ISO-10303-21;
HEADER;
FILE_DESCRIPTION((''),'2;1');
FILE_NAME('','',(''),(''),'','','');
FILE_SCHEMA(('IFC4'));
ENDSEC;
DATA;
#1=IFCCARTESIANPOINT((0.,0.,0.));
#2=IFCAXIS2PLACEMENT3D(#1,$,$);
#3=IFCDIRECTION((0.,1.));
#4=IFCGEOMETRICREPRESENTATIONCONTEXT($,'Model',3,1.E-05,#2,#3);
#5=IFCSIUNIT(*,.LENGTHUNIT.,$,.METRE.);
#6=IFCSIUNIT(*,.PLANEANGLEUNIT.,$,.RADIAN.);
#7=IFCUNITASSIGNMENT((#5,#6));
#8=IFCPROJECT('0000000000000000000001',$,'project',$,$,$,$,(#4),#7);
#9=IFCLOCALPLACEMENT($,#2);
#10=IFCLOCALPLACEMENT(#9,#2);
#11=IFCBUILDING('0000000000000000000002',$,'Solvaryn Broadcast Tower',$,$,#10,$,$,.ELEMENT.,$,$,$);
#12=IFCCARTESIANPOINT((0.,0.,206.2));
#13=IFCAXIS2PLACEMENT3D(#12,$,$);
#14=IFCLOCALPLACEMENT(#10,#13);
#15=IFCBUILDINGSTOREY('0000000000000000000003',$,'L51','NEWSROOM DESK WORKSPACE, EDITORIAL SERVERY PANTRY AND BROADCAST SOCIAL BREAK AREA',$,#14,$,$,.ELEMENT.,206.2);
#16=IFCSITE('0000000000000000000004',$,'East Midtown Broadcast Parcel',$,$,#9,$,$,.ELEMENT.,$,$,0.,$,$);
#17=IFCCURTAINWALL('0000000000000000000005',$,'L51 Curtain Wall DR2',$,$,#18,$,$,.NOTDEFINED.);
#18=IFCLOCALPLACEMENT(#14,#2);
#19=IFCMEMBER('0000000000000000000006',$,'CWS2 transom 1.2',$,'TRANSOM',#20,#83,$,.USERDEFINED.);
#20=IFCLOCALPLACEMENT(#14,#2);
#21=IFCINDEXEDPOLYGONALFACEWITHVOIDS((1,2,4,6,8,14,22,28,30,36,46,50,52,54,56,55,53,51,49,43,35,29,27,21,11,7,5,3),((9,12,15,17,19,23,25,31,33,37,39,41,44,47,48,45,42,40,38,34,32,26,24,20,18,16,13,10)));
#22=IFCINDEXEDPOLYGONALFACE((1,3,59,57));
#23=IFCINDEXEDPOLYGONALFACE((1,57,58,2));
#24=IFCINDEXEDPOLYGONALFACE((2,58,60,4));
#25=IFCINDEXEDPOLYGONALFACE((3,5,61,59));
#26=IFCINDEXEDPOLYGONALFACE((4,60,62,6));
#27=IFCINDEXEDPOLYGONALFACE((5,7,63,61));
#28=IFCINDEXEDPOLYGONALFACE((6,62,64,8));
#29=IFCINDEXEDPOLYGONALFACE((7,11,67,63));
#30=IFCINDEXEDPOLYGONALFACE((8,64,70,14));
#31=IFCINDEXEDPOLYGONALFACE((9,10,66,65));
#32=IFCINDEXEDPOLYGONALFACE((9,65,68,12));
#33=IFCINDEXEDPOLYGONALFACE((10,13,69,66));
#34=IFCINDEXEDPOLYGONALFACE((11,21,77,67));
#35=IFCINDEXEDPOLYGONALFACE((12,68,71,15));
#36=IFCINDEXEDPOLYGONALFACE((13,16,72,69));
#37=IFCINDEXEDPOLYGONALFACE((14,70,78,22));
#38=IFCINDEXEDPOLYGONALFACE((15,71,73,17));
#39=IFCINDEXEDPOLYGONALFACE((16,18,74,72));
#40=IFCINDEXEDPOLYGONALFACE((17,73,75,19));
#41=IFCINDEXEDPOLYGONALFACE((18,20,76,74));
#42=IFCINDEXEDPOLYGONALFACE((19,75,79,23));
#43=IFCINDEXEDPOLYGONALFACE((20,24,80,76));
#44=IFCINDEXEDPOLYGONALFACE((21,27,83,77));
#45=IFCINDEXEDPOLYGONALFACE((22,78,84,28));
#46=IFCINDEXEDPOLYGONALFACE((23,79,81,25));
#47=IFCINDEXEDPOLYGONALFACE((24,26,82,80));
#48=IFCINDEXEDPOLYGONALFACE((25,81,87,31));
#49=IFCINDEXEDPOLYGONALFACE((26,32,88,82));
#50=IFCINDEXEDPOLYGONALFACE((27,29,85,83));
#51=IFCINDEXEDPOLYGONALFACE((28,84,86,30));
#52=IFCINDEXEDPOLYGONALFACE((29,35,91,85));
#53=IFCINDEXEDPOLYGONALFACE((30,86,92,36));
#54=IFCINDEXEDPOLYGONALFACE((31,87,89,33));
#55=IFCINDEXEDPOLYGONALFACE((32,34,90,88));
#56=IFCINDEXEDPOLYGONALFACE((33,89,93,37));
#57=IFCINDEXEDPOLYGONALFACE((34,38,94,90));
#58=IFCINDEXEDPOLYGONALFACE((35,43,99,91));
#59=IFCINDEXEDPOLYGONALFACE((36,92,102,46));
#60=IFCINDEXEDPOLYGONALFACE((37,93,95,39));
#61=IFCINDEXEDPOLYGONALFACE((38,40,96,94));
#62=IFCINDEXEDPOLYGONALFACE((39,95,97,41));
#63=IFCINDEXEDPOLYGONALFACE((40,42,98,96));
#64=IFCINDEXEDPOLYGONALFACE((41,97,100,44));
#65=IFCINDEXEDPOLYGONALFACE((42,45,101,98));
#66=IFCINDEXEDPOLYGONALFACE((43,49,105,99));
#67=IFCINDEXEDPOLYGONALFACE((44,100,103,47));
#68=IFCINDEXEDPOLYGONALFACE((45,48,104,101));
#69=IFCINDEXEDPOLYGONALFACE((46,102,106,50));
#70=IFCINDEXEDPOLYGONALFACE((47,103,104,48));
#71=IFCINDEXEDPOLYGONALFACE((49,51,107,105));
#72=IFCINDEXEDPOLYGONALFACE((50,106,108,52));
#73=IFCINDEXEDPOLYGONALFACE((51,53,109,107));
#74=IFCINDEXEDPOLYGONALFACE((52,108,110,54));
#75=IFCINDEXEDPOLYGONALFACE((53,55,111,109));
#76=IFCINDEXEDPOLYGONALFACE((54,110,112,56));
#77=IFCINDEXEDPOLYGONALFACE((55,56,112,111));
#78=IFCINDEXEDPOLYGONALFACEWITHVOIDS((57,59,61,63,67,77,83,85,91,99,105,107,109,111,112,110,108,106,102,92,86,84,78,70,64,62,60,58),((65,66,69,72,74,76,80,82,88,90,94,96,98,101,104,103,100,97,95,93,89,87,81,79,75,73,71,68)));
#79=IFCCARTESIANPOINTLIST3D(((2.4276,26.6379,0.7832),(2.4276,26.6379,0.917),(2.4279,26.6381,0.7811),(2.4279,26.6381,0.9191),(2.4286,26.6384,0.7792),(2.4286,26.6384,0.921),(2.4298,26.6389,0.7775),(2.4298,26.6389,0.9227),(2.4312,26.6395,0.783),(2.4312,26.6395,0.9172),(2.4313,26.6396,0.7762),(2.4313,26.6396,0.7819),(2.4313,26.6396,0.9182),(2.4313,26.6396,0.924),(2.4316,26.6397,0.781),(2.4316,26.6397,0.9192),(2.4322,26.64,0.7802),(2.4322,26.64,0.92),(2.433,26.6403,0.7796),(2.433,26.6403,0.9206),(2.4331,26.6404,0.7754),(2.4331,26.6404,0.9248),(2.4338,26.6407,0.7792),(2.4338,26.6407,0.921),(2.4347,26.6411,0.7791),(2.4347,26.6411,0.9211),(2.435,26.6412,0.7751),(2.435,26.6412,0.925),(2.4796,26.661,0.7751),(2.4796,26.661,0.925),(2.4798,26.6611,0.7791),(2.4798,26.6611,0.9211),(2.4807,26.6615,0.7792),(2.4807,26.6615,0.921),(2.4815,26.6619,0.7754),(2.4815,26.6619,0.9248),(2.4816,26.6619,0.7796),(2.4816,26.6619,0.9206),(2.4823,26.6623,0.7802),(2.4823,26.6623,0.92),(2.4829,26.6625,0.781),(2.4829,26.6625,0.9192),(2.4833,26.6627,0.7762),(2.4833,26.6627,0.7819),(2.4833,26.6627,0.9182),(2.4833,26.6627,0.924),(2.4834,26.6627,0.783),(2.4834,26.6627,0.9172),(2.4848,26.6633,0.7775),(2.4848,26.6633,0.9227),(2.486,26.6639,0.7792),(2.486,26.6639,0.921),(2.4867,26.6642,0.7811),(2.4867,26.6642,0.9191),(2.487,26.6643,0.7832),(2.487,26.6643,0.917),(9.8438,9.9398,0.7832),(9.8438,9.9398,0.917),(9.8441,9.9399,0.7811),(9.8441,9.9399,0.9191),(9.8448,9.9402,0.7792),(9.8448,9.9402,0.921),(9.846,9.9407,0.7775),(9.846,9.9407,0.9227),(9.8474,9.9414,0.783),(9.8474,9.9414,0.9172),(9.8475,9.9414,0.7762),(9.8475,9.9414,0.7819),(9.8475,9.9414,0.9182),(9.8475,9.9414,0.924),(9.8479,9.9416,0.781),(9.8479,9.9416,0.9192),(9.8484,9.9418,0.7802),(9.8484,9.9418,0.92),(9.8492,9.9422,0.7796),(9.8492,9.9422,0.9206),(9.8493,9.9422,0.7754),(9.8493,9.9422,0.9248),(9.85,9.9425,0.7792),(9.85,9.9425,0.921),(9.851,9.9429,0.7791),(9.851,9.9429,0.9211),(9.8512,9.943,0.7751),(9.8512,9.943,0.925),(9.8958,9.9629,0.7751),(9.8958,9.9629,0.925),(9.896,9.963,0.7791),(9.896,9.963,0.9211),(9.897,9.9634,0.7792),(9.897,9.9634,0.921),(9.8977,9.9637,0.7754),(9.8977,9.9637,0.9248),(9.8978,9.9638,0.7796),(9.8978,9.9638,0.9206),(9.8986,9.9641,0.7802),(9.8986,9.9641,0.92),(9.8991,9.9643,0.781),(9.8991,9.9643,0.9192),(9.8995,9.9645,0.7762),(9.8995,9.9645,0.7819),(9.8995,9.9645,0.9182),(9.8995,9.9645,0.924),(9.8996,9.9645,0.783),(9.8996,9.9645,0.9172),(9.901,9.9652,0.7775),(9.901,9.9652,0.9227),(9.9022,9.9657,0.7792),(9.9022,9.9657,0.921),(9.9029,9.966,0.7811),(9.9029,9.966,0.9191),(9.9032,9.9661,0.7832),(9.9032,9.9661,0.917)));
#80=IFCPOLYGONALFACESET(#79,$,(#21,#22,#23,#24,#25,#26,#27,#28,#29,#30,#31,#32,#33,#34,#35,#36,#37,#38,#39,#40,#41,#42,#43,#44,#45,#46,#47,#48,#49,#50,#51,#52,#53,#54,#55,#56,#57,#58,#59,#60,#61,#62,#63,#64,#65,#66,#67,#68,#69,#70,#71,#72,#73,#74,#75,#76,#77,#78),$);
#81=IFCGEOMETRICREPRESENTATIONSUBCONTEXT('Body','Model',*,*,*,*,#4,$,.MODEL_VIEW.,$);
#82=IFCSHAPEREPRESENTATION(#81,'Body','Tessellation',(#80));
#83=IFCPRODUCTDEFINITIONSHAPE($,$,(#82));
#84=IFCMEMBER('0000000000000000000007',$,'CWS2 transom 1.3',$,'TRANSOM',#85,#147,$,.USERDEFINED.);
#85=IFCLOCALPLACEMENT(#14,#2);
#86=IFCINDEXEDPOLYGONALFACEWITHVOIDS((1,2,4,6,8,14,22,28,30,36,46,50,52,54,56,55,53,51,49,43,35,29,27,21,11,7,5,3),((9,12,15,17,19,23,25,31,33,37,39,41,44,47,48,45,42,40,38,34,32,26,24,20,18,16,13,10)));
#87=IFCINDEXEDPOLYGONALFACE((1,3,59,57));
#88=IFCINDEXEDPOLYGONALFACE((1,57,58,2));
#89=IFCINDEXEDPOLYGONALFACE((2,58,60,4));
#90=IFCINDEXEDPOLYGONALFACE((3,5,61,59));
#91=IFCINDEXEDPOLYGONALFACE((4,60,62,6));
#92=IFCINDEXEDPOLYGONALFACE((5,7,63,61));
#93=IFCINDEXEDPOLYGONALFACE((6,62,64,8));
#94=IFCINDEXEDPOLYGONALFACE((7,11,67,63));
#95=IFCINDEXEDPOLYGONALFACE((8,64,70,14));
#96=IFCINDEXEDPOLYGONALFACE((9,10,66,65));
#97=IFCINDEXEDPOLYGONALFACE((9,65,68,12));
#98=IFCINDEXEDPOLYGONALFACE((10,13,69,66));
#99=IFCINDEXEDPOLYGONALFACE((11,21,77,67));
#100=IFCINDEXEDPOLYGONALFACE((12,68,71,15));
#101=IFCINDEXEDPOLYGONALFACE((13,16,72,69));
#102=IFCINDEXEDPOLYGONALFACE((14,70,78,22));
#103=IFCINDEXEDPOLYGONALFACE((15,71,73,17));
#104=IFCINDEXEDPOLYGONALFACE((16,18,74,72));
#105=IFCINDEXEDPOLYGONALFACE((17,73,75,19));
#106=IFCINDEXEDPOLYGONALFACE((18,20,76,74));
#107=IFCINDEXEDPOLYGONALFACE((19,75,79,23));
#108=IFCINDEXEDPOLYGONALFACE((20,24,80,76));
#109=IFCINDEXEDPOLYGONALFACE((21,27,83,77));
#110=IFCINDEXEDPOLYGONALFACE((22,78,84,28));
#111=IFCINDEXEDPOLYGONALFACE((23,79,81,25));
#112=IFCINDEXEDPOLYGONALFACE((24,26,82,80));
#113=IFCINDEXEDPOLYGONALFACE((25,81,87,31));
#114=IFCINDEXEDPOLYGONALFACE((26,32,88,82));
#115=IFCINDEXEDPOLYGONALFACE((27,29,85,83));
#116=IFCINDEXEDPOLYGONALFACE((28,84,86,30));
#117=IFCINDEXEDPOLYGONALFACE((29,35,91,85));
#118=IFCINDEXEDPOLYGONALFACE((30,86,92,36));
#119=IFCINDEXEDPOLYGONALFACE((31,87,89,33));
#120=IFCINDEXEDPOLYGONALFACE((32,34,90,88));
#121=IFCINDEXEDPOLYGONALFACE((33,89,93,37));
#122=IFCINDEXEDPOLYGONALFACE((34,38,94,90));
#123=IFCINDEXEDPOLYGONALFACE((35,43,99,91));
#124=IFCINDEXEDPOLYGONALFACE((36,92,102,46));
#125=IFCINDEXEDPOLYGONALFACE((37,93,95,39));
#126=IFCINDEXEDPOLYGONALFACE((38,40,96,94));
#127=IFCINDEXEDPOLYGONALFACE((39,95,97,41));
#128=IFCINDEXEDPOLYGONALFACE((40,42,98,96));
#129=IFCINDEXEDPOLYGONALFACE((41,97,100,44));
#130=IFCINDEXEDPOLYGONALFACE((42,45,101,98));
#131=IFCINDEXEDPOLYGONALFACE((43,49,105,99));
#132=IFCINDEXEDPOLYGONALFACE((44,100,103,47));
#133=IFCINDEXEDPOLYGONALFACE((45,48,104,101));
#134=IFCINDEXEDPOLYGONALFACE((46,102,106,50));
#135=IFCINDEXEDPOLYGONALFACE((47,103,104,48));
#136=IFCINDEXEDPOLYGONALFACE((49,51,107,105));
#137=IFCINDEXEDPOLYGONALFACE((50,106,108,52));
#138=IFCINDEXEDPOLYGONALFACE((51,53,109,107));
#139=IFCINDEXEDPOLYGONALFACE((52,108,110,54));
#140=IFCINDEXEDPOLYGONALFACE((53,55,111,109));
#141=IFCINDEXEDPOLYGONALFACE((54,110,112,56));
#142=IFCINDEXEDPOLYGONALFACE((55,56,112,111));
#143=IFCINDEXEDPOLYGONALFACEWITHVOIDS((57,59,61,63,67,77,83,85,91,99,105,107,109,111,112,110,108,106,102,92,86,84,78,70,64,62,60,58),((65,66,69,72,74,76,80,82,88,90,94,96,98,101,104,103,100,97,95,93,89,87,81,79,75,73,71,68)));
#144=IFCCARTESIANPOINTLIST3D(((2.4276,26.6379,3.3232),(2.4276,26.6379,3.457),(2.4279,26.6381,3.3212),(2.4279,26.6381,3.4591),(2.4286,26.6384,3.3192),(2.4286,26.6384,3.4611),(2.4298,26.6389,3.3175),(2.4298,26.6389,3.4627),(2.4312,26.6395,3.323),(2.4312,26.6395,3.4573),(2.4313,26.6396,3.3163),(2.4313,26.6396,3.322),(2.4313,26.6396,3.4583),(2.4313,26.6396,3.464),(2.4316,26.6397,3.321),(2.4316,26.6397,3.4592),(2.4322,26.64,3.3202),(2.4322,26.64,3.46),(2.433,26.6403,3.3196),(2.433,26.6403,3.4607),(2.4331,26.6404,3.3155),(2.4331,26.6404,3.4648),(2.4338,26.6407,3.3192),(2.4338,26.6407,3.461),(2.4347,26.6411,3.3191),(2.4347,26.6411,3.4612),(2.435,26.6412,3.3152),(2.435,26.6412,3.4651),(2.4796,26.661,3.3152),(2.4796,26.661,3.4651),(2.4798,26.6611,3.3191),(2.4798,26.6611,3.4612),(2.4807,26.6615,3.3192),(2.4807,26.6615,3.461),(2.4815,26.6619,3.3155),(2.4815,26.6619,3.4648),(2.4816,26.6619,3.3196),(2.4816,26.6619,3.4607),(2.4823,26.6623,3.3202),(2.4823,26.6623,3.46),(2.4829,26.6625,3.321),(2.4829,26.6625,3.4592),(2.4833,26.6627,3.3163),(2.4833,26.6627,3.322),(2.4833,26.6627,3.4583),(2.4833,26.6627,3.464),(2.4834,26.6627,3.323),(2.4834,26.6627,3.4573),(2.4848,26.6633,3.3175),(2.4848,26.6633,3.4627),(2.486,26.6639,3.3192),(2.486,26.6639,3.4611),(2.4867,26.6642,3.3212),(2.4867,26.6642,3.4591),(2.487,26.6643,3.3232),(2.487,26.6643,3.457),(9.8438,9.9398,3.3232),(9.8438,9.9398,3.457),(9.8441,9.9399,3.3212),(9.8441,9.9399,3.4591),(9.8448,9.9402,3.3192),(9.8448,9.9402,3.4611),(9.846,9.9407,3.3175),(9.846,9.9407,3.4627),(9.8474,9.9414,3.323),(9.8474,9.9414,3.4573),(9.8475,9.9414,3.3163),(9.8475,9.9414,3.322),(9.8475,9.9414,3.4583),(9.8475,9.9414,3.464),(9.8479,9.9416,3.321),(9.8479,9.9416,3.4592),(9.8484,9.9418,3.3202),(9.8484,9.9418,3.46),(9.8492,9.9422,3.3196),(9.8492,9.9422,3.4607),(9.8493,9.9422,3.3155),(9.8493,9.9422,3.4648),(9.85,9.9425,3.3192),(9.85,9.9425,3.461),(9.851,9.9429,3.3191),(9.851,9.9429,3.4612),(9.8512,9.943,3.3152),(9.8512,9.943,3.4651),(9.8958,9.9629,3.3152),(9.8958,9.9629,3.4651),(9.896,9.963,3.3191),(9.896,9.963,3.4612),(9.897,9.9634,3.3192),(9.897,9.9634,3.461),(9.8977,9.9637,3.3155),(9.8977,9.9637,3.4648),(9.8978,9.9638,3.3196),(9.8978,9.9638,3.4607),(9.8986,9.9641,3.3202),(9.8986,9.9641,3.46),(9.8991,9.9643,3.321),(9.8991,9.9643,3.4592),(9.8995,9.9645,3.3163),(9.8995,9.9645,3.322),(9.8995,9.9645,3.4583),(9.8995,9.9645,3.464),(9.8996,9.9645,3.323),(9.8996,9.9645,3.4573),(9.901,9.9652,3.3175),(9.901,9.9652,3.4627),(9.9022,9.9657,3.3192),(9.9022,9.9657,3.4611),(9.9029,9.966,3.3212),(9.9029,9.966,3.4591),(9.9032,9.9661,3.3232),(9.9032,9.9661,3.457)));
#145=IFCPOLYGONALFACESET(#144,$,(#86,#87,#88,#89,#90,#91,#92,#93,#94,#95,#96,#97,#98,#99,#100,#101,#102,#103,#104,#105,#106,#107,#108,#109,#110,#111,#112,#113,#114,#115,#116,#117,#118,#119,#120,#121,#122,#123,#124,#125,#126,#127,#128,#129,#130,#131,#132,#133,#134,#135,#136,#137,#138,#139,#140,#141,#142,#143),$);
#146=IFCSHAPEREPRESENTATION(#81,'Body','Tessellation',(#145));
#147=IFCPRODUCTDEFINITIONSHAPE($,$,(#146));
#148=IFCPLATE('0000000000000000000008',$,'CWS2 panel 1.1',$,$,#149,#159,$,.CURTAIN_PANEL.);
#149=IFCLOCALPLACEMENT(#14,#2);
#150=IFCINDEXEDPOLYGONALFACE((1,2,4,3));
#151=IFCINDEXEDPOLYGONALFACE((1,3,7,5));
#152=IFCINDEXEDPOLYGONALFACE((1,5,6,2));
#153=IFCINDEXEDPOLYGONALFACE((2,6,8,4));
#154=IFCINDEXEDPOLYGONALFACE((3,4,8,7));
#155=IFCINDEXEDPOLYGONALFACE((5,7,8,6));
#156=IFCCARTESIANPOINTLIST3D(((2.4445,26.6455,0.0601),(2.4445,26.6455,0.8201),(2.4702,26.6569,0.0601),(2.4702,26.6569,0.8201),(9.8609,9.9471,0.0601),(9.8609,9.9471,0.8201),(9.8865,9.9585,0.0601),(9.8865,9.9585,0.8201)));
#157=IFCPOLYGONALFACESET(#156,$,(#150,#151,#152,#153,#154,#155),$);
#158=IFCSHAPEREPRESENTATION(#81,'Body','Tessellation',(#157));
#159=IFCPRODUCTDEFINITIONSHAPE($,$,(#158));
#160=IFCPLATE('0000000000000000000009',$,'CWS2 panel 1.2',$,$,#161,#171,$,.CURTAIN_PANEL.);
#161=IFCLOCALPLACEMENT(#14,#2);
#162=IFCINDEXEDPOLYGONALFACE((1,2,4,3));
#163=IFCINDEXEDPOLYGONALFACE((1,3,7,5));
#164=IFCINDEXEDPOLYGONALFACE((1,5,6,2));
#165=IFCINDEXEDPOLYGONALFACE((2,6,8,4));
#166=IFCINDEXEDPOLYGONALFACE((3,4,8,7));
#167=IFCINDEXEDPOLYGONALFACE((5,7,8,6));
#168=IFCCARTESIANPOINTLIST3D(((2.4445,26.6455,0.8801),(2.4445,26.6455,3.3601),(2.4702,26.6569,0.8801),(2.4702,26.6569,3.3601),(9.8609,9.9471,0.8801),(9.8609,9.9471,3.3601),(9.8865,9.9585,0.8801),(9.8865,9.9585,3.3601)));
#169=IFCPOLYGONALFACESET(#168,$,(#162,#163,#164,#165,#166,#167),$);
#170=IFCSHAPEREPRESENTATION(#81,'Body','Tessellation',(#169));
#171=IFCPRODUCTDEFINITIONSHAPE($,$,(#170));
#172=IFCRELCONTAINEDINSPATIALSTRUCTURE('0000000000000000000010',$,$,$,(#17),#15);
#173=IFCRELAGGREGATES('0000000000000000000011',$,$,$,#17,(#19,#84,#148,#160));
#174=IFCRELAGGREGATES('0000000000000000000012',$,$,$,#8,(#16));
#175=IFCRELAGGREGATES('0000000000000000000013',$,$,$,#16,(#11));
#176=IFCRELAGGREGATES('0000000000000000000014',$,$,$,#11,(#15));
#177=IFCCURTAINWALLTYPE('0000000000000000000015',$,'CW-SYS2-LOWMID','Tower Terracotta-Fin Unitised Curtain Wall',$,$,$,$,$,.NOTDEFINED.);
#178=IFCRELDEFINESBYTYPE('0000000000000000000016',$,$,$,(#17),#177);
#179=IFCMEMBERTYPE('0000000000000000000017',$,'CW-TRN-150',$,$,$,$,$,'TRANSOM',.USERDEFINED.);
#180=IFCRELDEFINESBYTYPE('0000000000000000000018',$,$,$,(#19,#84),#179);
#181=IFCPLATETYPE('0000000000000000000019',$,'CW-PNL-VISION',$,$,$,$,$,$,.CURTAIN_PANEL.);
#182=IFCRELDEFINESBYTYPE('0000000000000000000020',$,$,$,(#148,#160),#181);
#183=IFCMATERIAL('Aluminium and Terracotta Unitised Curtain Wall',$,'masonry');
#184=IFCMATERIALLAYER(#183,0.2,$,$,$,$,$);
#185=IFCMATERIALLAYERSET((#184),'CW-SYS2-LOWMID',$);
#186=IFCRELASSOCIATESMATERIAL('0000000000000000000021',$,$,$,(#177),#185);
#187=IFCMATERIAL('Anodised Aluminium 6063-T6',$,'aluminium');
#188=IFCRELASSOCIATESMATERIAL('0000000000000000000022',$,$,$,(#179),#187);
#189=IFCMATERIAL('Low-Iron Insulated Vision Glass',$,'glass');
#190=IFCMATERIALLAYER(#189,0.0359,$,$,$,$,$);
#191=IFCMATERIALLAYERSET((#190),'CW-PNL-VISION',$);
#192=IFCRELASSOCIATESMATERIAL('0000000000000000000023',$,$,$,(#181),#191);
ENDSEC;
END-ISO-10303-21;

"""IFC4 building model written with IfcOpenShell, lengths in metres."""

from ifc_helpers import new_model, si_unit, direction, frame, origin, origin_2d, place, context, subcontext, project, spatial, rectangle, hollow_rectangle, extrude, material, layer, layer_set, material_profile, profile_set, type_object, element, aggregate, save


model = new_model("IFC4")

# Units and contexts
model_context = context("Model", 3, precision=1e-05, world=origin(), true_north=direction((0.0, 1.0)))
body_context = subcontext(model_context, "Body", "Model", "MODEL_VIEW")
ifc_project = project(units=[si_unit("LENGTHUNIT", "METRE"), si_unit("PLANEANGLEUNIT", "RADIAN")], contexts=[model_context])

# Site, building, storey
site_placement = place(None, origin())
site = spatial("IfcSite", under=ifc_project, at=site_placement, Name="East Midtown Broadcast Parcel", CompositionType="ELEMENT", RefElevation=0.0)
building_placement = place(site_placement, origin())
building = spatial("IfcBuilding", under=site, at=building_placement, Name="Solvaryn Broadcast Tower", CompositionType="ELEMENT")
storey_placement = place(building_placement, frame((0.0, 0.0, 206.2)))
storey = spatial("IfcBuildingStorey", under=building, at=storey_placement, Name="L51", Description="NEWSROOM DESK WORKSPACE, EDITORIAL SERVERY PANTRY AND BROADCAST SOCIAL BREAK AREA", CompositionType="ELEMENT", Elevation=206.2)

# Shared definitions
ifc_material_1 = material(Name="Aluminium and Terracotta Unitised Curtain Wall", Category="masonry")
ifc_layer_1 = layer(ifc_material_1, 0.2)
ifc_layer_set_1 = layer_set([ifc_layer_1], Name="CW-SYS2-LOWMID")
curtain_wall_type = type_object("IfcCurtainWallType", Name="CW-SYS2-LOWMID", Description="Tower Terracotta-Fin Unitised Curtain Wall", PredefinedType="NOTDEFINED", material=ifc_layer_set_1)

# Curtain wall, members, plates
curtain_wall_1_placement = place(storey_placement, origin())
curtain_wall_1 = element("IfcCurtainWall", 1, at=curtain_wall_1_placement, inside=storey, type_object=curtain_wall_type, Name="L51 Curtain Wall DR2", PredefinedType="NOTDEFINED")
ifc_material_2 = material(Name="Anodised Aluminium 6063-T6", Category="aluminium")
ifc_material_profile_1 = material_profile(ifc_material_2, hollow_rectangle(XDim=0.0649, YDim=0.1499, WallThickness=0.0039, InnerFilletRadius=0.0039, OuterFilletRadius=0.0081, at=origin_2d()))
ifc_profile_set_1 = profile_set([ifc_material_profile_1], Name="Anodised Aluminium 6063-T6")
member_type_1 = type_object("IfcMemberType", Name="CW-TRN-150", ElementType="TRANSOM", PredefinedType="USERDEFINED", material=ifc_profile_set_1)
member_1_placement = place(storey_placement, frame((2.4573, 26.6511, 0.8501), z_axis=(0.405902, -0.913917, 0.0), x_axis=(0.913917, 0.405902, 0.0)))
member_1 = element("IfcMember", 2, at=member_1_placement, type_object=member_type_1, Name="CWS2 transom 1.2", ObjectType="TRANSOM", PredefinedType="USERDEFINED", context=body_context, shape_type="SweptSolid", body=[
    extrude(hollow_rectangle(XDim=0.0649, YDim=0.1499, WallThickness=0.0039, InnerFilletRadius=0.0039, OuterFilletRadius=0.0081, at=origin_2d()), origin(), (0.0, 0.0, 1.0), 18.271),
])
member_2_placement = place(storey_placement, frame((2.4573, 26.6511, 3.3901), z_axis=(0.405902, -0.913917, 0.0), x_axis=(0.913917, 0.405902, 0.0)))
member_2 = element("IfcMember", 3, at=member_2_placement, type_object=member_type_1, Name="CWS2 transom 1.3", ObjectType="TRANSOM", PredefinedType="USERDEFINED", context=body_context, shape_type="SweptSolid", body=[
    extrude(hollow_rectangle(XDim=0.0649, YDim=0.1499, WallThickness=0.0039, InnerFilletRadius=0.0039, OuterFilletRadius=0.0081, at=origin_2d()), origin(), (0.0, 0.0, 1.0), 18.271),
])
ifc_material_3 = material(Name="Low-Iron Insulated Vision Glass", Category="glass")
ifc_layer_2 = layer(ifc_material_3, 0.0359)
ifc_layer_set_2 = layer_set([ifc_layer_2], Name="CW-PNL-VISION")
plate_type = type_object("IfcPlateType", Name="CW-PNL-VISION", PredefinedType="CURTAIN_PANEL", material=ifc_layer_set_2)
plate_1_placement = place(storey_placement, frame((6.1655, 18.302, 0.0601), z_axis=(0.0, 0.0, 1.0), x_axis=(0.405901, -0.913917, 0.0)))
plate_1 = element("IfcPlate", 4, at=plate_1_placement, type_object=plate_type, Name="CWS2 panel 1.1", PredefinedType="CURTAIN_PANEL", context=body_context, shape_type="SweptSolid", body=[
    extrude(rectangle(XDim=18.2712, YDim=0.0281, at=origin_2d()), origin(), (0.0, 0.0, 1.0), 0.76),
])
plate_2_placement = place(storey_placement, frame((6.1655, 18.302, 0.8801), z_axis=(0.0, 0.0, 1.0), x_axis=(0.405901, -0.913917, 0.0)))
plate_2 = element("IfcPlate", 5, at=plate_2_placement, type_object=plate_type, Name="CWS2 panel 1.2", PredefinedType="CURTAIN_PANEL", context=body_context, shape_type="SweptSolid", body=[
    extrude(rectangle(XDim=18.2712, YDim=0.0281, at=origin_2d()), origin(), (0.0, 0.0, 1.0), 2.48),
])
aggregate(curtain_wall_1, [member_1, member_2, plate_1, plate_2])

save(model, "model.ifc")
